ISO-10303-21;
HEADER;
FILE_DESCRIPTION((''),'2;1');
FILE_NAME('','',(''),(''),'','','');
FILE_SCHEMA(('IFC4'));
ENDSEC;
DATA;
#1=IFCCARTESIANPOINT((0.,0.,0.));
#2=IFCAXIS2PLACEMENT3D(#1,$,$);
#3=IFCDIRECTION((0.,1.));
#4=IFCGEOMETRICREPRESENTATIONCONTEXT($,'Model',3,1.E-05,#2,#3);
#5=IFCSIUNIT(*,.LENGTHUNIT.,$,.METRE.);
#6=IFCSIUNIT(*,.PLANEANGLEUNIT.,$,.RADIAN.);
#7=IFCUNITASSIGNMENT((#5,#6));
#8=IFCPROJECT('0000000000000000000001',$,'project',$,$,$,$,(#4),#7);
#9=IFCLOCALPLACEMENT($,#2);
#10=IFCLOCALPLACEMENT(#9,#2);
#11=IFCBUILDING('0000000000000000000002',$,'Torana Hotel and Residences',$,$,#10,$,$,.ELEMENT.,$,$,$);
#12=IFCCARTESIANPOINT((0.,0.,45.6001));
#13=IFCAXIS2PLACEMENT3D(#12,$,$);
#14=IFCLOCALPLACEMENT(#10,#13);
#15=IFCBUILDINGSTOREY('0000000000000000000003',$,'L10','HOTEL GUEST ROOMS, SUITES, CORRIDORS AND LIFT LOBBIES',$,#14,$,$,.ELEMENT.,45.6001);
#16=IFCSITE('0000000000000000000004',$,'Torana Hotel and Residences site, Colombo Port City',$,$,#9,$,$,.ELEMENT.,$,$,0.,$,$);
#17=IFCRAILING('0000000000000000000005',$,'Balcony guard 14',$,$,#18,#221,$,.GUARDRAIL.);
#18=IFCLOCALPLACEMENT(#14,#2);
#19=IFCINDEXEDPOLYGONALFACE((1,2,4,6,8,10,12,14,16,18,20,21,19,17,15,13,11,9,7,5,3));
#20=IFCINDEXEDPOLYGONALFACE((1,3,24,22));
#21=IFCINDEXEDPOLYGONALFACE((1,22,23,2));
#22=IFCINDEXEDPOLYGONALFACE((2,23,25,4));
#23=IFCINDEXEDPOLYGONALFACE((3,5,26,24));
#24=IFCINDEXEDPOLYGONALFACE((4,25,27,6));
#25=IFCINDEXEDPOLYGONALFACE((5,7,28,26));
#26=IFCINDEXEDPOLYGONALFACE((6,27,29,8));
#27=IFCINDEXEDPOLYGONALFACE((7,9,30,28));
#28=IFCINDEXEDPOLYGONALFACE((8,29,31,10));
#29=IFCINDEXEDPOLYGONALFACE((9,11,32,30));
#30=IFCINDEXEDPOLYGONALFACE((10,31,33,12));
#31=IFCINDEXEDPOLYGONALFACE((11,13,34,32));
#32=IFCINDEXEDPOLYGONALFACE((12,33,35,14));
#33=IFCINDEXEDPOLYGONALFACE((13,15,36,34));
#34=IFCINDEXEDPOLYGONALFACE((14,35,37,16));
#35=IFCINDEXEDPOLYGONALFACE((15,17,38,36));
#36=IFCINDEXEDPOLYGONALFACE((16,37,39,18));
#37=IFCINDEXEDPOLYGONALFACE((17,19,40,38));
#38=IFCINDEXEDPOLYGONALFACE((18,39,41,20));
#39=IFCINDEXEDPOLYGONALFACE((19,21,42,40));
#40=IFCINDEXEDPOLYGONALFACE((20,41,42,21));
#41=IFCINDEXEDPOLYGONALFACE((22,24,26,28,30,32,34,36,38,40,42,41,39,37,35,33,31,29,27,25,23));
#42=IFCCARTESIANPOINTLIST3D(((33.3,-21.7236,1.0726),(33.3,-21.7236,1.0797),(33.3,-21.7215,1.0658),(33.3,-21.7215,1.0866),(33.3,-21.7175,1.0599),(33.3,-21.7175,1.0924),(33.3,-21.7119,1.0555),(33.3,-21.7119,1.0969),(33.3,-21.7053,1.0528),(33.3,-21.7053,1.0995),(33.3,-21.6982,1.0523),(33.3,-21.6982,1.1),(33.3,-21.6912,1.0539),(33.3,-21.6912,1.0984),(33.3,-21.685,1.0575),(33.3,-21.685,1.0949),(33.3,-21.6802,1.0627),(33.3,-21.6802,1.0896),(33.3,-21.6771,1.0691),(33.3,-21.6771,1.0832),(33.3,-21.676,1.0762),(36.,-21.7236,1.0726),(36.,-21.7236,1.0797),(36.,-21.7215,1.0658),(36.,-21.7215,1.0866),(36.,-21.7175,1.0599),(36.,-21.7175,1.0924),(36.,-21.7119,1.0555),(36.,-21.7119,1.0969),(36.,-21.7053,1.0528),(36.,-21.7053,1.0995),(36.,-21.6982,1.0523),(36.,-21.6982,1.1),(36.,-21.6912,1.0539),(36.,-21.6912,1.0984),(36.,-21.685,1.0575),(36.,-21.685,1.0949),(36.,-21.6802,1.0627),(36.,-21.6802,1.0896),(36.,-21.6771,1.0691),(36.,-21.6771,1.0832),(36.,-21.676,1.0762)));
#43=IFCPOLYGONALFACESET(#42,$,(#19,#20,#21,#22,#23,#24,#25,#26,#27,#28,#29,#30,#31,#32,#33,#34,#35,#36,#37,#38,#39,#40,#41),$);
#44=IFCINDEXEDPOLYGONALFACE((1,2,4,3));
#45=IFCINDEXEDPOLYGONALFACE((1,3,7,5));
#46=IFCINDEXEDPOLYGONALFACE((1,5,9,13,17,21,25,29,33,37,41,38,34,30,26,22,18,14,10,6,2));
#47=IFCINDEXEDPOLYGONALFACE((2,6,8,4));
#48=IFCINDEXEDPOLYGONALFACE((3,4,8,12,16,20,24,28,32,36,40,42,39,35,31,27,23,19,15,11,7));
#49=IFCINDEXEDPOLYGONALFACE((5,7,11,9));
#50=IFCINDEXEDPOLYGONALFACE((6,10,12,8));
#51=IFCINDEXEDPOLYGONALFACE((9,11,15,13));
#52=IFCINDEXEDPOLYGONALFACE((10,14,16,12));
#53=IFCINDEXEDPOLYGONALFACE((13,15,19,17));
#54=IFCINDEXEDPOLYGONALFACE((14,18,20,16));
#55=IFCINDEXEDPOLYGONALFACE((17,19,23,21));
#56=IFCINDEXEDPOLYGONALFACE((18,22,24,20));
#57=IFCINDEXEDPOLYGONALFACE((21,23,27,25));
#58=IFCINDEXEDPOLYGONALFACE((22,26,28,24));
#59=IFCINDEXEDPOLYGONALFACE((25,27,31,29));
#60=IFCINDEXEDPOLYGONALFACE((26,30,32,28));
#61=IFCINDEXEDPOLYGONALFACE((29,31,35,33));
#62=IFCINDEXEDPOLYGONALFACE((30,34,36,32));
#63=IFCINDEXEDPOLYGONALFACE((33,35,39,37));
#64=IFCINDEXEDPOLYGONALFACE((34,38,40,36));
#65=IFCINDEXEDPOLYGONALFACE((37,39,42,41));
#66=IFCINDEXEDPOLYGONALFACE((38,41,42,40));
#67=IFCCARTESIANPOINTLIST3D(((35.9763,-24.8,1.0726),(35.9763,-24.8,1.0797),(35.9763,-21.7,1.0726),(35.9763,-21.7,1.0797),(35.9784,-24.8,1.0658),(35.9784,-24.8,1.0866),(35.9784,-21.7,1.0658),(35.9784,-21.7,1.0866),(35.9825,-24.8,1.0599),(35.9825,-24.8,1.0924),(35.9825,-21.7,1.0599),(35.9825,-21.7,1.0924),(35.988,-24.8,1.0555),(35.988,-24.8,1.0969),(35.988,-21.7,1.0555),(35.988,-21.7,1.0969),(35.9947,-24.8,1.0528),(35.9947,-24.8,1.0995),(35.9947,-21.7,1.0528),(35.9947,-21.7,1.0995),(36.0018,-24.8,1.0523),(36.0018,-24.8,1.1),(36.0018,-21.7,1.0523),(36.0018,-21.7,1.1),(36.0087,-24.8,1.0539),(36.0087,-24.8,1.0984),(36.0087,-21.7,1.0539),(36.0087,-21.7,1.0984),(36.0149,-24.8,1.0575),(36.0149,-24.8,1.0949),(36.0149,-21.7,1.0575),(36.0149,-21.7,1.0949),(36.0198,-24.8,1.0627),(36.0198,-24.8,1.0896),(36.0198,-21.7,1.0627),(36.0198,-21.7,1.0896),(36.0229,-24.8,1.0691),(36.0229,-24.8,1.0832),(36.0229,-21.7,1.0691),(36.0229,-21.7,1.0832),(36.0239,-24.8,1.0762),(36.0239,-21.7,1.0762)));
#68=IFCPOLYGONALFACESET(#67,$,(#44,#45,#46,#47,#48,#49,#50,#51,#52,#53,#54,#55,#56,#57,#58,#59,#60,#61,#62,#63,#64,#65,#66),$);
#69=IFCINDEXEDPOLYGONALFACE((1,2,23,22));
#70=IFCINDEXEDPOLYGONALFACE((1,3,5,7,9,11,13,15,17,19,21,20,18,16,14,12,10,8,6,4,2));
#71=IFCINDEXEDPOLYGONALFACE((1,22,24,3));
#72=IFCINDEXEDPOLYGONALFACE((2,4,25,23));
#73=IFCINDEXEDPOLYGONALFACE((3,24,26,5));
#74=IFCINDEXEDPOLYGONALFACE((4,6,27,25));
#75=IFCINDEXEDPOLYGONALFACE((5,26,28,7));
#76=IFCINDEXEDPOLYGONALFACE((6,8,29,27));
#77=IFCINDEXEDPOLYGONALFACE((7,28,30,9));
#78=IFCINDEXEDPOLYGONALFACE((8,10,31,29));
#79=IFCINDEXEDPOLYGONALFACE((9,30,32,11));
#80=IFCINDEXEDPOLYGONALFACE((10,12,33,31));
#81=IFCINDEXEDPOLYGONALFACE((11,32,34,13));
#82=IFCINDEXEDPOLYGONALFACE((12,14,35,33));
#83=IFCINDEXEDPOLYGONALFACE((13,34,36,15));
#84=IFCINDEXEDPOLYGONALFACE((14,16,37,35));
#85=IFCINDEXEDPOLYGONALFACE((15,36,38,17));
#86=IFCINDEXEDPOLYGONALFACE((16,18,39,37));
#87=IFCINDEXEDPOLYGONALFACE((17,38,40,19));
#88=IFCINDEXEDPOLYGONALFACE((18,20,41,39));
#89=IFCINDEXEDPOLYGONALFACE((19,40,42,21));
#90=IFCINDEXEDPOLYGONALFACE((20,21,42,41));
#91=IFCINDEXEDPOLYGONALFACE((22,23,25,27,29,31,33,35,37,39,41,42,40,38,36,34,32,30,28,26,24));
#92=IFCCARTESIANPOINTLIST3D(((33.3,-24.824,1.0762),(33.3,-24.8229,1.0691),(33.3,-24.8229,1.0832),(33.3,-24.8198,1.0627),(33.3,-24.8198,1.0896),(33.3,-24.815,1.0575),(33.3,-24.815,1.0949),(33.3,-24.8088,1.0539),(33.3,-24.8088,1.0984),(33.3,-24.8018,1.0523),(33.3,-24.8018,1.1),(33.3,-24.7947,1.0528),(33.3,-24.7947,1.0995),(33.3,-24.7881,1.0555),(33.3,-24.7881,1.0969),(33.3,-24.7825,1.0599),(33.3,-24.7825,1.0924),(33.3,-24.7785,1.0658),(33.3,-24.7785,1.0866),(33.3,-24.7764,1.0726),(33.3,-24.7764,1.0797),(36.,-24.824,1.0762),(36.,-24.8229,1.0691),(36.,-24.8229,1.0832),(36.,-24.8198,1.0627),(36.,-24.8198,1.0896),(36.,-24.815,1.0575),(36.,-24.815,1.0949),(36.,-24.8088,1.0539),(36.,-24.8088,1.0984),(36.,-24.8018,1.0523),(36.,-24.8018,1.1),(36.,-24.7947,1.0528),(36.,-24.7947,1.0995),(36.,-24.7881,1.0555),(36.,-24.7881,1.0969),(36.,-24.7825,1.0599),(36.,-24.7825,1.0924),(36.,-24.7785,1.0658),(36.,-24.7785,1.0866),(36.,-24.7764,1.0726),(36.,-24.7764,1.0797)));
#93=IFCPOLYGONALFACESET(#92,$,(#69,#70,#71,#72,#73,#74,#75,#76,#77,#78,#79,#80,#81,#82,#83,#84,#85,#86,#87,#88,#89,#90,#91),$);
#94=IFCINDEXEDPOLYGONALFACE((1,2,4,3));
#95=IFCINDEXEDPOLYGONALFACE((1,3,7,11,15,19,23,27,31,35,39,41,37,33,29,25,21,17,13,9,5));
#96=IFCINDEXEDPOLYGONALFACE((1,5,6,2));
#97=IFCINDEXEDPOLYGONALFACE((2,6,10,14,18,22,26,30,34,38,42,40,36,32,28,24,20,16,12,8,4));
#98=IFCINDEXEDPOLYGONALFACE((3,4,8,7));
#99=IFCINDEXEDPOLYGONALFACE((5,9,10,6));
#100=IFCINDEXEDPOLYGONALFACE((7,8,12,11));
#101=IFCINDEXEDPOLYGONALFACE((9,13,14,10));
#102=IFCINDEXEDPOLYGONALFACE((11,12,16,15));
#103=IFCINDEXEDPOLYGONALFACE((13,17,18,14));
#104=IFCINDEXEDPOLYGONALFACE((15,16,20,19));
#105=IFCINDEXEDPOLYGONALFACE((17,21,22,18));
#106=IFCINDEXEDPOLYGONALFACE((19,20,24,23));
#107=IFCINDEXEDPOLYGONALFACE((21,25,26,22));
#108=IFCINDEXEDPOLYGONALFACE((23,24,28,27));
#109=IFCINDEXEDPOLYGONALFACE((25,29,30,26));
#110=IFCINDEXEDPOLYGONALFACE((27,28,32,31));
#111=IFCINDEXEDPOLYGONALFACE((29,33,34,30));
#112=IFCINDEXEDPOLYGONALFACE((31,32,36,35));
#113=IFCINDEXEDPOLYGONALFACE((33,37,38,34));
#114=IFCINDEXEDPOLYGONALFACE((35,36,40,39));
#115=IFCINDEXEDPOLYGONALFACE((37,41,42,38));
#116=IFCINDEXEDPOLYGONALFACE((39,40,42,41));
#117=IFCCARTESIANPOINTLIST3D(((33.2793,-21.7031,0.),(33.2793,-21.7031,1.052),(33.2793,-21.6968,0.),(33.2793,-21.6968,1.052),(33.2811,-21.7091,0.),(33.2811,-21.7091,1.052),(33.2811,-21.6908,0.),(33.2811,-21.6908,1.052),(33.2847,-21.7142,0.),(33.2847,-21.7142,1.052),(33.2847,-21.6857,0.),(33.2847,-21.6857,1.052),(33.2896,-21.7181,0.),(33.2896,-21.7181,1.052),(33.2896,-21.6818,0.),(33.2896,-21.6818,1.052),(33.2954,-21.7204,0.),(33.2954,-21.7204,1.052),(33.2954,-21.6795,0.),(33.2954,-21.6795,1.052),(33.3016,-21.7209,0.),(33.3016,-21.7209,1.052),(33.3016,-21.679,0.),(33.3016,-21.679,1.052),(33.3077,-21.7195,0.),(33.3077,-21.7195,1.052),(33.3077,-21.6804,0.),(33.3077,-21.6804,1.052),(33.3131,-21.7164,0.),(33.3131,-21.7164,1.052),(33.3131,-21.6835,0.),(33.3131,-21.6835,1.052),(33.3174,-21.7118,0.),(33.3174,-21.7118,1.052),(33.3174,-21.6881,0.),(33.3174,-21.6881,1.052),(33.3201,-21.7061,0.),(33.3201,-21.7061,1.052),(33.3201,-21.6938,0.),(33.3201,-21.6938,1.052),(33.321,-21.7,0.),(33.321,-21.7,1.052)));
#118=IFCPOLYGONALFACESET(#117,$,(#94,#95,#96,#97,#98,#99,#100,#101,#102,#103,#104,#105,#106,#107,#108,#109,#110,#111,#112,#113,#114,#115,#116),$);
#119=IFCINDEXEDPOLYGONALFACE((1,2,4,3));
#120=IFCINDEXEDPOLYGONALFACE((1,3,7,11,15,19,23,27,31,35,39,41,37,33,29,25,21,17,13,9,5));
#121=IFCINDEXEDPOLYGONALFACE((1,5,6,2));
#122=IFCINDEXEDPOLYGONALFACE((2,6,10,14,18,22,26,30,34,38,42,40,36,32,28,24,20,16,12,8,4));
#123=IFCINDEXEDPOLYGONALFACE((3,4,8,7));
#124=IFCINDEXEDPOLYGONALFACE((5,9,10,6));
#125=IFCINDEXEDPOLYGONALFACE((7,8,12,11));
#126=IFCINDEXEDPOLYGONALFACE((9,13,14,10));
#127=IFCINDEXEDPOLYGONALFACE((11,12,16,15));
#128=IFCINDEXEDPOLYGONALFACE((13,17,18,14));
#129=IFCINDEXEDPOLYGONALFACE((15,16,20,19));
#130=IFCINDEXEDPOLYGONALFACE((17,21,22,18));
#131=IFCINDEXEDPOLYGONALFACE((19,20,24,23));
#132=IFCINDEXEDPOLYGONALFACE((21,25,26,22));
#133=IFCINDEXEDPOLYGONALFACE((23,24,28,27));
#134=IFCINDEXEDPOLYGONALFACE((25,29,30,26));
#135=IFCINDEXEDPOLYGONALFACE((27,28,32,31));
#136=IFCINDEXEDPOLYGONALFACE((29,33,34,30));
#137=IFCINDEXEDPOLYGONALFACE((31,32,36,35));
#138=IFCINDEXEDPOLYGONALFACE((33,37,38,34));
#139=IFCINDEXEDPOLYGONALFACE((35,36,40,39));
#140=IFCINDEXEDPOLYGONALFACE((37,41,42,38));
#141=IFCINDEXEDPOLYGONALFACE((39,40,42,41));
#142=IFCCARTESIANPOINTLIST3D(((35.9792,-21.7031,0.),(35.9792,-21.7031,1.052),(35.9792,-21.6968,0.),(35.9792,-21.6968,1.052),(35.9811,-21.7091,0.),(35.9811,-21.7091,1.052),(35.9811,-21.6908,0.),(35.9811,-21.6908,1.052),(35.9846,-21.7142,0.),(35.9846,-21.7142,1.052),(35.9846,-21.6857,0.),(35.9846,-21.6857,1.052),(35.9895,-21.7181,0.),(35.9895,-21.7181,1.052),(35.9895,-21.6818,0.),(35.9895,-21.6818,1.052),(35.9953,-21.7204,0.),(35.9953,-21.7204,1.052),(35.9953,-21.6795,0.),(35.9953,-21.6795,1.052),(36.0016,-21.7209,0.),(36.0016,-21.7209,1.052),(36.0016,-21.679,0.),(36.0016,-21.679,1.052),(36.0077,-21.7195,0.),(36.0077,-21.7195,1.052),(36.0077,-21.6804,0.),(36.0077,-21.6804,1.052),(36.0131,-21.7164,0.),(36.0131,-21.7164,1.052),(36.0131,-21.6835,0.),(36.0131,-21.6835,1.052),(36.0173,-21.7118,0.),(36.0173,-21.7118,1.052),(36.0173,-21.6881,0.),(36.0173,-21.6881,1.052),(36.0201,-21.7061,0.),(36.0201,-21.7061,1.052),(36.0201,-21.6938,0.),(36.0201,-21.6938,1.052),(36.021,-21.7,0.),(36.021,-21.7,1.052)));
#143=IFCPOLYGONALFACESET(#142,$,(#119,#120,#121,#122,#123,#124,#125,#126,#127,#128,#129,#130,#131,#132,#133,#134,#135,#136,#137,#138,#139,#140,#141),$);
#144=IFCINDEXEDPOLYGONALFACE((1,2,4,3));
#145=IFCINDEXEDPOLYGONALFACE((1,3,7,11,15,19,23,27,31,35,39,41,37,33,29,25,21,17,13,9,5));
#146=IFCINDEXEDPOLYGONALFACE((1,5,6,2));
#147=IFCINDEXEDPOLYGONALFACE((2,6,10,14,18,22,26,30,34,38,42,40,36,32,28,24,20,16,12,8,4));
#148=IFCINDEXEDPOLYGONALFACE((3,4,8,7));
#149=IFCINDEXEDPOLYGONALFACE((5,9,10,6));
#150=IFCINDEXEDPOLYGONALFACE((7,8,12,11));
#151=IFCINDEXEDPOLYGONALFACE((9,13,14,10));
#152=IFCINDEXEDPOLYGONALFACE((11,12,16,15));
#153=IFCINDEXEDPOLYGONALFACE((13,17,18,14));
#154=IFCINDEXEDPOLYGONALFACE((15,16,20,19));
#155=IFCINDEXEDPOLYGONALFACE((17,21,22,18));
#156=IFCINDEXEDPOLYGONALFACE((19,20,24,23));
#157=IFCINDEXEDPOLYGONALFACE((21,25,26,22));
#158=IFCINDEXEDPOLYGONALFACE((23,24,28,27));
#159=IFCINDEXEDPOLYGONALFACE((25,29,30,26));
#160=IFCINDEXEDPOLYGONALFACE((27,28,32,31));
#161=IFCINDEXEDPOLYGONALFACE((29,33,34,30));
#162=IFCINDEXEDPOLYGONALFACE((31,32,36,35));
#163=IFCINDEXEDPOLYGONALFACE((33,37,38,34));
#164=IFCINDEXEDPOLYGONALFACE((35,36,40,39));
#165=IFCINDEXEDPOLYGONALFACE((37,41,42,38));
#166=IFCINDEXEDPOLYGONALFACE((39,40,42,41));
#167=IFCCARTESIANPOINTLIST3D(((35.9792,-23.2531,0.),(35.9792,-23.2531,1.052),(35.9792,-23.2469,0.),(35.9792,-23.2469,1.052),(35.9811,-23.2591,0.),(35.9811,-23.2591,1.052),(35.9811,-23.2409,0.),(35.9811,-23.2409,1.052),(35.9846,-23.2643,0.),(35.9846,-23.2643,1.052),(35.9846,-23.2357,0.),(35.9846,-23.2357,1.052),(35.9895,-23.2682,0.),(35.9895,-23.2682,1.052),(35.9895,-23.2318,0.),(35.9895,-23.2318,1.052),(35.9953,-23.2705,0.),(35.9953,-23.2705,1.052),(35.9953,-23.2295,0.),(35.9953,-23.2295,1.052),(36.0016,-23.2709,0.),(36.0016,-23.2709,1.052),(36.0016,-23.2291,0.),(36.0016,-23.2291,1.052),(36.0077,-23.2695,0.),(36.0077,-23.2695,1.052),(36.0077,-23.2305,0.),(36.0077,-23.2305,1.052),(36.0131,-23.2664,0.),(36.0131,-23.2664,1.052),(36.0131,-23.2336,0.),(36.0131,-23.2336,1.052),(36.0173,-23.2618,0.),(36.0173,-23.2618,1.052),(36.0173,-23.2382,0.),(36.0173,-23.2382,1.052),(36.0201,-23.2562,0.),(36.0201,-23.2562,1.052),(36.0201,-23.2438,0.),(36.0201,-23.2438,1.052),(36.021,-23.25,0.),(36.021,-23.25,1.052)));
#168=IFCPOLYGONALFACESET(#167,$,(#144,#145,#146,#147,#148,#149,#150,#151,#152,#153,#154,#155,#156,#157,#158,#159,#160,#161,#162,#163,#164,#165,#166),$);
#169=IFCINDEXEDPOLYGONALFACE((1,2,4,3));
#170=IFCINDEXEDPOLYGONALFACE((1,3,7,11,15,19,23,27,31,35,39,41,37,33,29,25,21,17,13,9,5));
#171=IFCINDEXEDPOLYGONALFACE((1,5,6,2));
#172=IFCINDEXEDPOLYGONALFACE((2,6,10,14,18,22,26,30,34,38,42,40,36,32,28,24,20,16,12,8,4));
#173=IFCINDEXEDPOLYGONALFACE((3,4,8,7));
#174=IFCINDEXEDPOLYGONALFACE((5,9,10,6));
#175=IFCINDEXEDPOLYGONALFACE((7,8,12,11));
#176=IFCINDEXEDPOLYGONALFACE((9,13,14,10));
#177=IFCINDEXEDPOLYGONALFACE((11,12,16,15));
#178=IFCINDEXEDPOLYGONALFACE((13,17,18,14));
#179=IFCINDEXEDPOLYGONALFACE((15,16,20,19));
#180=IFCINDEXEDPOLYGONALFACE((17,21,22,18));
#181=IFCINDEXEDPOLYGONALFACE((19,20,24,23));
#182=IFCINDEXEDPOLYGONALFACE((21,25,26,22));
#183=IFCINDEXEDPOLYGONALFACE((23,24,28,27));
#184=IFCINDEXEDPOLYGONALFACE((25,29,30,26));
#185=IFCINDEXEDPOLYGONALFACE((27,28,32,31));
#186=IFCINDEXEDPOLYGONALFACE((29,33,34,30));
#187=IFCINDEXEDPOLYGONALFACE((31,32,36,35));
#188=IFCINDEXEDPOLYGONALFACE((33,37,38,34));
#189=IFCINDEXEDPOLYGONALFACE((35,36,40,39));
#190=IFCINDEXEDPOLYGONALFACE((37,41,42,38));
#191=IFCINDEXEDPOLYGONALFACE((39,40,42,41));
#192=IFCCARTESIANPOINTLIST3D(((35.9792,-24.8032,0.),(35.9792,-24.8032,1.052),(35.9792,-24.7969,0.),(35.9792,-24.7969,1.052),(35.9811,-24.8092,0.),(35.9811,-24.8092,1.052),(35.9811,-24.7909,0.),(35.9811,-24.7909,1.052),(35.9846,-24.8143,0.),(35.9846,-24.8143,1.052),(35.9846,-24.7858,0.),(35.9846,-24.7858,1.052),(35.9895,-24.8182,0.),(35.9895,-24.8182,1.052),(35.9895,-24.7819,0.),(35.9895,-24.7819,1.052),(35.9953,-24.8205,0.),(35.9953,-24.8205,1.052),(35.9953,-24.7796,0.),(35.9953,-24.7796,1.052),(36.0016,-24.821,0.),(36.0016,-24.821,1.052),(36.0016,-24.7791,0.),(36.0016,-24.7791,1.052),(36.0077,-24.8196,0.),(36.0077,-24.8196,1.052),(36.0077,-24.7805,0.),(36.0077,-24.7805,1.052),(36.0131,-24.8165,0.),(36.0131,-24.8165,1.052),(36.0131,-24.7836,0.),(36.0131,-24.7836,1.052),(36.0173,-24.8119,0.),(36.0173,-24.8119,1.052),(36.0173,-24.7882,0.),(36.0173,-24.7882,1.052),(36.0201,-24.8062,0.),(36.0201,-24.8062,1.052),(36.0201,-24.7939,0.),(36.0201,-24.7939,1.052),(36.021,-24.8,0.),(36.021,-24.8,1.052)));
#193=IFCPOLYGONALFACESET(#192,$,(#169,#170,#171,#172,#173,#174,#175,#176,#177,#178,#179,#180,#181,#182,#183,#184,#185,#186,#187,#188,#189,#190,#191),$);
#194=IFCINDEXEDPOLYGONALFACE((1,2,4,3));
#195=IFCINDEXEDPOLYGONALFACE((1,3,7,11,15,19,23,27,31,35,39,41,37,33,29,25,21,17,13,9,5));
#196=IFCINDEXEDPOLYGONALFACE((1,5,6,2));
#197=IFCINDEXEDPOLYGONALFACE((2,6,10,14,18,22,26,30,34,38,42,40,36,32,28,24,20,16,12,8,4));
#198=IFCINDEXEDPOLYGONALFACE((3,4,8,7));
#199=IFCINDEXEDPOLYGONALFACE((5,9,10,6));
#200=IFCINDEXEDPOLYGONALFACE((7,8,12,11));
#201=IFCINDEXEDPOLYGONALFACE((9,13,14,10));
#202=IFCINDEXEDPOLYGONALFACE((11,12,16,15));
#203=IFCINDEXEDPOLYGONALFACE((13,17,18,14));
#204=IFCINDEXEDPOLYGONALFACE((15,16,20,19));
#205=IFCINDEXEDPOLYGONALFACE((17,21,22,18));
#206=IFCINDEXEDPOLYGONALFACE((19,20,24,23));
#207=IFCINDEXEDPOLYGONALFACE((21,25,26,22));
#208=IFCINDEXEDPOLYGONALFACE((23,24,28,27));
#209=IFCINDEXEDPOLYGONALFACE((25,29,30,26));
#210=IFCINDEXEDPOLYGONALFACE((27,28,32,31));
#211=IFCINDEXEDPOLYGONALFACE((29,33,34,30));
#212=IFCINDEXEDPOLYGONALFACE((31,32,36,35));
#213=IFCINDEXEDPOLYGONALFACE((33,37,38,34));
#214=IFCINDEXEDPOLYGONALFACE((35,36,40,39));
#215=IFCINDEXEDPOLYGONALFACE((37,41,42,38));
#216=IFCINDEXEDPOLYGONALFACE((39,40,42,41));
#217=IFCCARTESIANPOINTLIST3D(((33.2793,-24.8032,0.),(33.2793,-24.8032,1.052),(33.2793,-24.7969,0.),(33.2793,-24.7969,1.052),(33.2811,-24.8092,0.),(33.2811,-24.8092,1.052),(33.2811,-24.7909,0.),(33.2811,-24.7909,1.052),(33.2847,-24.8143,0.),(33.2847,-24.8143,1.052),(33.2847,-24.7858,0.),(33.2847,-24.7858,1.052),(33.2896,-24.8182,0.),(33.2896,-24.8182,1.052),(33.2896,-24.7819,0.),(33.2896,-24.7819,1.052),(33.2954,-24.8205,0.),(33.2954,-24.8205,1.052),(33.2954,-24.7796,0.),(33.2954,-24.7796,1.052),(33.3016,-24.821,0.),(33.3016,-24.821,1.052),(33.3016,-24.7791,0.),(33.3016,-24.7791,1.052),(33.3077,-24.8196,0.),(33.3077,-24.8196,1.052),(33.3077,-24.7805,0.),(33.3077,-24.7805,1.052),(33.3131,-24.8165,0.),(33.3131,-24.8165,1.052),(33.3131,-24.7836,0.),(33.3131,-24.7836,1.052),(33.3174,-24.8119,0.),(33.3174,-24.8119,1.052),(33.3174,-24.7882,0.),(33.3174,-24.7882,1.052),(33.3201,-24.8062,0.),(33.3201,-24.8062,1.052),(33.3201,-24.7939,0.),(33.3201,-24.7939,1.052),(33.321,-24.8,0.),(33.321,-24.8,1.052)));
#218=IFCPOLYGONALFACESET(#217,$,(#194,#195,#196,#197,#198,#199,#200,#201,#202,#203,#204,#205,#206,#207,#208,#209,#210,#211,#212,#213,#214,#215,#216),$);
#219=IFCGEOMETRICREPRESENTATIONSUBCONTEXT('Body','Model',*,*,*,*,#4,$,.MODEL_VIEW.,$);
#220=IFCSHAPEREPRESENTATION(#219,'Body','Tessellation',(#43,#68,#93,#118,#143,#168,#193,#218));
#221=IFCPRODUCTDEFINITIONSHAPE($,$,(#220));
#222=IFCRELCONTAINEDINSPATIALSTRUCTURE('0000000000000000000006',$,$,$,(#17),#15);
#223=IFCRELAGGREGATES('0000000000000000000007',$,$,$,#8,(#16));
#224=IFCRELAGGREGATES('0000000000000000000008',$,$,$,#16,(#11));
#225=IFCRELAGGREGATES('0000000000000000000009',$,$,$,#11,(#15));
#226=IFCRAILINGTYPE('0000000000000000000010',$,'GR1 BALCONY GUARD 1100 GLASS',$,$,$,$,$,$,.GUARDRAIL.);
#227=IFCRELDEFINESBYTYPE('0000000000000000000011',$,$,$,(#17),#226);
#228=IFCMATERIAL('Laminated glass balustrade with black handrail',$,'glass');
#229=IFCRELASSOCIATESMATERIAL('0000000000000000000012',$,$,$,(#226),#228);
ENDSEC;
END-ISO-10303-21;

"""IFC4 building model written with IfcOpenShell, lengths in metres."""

from ifc_helpers import new_model, si_unit, direction, frame, origin, origin_2d, place, context, subcontext, project, spatial, circle, extrude, material, type_object, element, save


model = new_model("IFC4")

# Units and contexts
model_context = context("Model", 3, precision=1e-05, world=origin(), true_north=direction((0.0, 1.0)))
body_context = subcontext(model_context, "Body", "Model", "MODEL_VIEW")
ifc_project = project(units=[si_unit("LENGTHUNIT", "METRE"), si_unit("PLANEANGLEUNIT", "RADIAN")], contexts=[model_context])

# Site, building, storey
site_placement = place(None, origin())
site = spatial("IfcSite", under=ifc_project, at=site_placement, Name="Torana Hotel and Residences site, Colombo Port City", CompositionType="ELEMENT", RefElevation=0.0)
building_placement = place(site_placement, origin())
building = spatial("IfcBuilding", under=site, at=building_placement, Name="Torana Hotel and Residences", CompositionType="ELEMENT")
storey_placement = place(building_placement, frame((0.0, 0.0, 45.6001)))
storey = spatial("IfcBuildingStorey", under=building, at=storey_placement, Name="L10", Description="HOTEL GUEST ROOMS, SUITES, CORRIDORS AND LIFT LOBBIES", CompositionType="ELEMENT", Elevation=45.6001)

# Railing
ifc_material_1 = material(Name="Laminated glass balustrade with black handrail", Category="glass")
railing_type = type_object("IfcRailingType", Name="GR1 BALCONY GUARD 1100 GLASS", PredefinedType="GUARDRAIL", material=ifc_material_1)
railing_1_placement = place(storey_placement, frame((33.3, -21.7, 0.0)))
element("IfcRailing", 1, at=railing_1_placement, inside=storey, type_object=railing_type, Name="Balcony guard 14", PredefinedType="GUARDRAIL", context=body_context, shape_type="SweptSolid", body=[
    extrude(circle(Radius=0.0239, at=origin_2d()), frame((0.0, 0.0, 1.0762), z_axis=(1.0, 0.0, 0.0), x_axis=(0.0, 1.0, 0.0)), (0.0, 0.0, 1.0), 2.7),
    extrude(circle(Radius=0.0239, at=origin_2d()), frame((2.7, 0.0, 1.0762), z_axis=(0.0, -1.0, 0.0), x_axis=(1.0, 0.0, 0.0)), (0.0, 0.0, 1.0), 3.1001),
    extrude(circle(Radius=0.0239, at=origin_2d()), frame((2.7, -3.1001, 1.0762), z_axis=(-1.0, 0.0, 0.0), x_axis=(0.0, -1.0, 0.0)), (0.0, 0.0, 1.0), 2.7),
    extrude(circle(Radius=0.021, at=origin_2d()), origin(), (0.0, 0.0, 1.0), 1.052),
    extrude(circle(Radius=0.021, at=origin_2d()), frame((2.7, 0.0, 0.0)), (0.0, 0.0, 1.0), 1.052),
    extrude(circle(Radius=0.021, at=origin_2d()), frame((2.7, -1.55, 0.0)), (0.0, 0.0, 1.0), 1.052),
    extrude(circle(Radius=0.021, at=origin_2d()), frame((2.7, -3.1001, 0.0)), (0.0, 0.0, 1.0), 1.052),
    extrude(circle(Radius=0.021, at=origin_2d()), frame((0.0, -3.1001, 0.0)), (0.0, 0.0, 1.0), 1.052),
])

save(model, "model.ifc")
